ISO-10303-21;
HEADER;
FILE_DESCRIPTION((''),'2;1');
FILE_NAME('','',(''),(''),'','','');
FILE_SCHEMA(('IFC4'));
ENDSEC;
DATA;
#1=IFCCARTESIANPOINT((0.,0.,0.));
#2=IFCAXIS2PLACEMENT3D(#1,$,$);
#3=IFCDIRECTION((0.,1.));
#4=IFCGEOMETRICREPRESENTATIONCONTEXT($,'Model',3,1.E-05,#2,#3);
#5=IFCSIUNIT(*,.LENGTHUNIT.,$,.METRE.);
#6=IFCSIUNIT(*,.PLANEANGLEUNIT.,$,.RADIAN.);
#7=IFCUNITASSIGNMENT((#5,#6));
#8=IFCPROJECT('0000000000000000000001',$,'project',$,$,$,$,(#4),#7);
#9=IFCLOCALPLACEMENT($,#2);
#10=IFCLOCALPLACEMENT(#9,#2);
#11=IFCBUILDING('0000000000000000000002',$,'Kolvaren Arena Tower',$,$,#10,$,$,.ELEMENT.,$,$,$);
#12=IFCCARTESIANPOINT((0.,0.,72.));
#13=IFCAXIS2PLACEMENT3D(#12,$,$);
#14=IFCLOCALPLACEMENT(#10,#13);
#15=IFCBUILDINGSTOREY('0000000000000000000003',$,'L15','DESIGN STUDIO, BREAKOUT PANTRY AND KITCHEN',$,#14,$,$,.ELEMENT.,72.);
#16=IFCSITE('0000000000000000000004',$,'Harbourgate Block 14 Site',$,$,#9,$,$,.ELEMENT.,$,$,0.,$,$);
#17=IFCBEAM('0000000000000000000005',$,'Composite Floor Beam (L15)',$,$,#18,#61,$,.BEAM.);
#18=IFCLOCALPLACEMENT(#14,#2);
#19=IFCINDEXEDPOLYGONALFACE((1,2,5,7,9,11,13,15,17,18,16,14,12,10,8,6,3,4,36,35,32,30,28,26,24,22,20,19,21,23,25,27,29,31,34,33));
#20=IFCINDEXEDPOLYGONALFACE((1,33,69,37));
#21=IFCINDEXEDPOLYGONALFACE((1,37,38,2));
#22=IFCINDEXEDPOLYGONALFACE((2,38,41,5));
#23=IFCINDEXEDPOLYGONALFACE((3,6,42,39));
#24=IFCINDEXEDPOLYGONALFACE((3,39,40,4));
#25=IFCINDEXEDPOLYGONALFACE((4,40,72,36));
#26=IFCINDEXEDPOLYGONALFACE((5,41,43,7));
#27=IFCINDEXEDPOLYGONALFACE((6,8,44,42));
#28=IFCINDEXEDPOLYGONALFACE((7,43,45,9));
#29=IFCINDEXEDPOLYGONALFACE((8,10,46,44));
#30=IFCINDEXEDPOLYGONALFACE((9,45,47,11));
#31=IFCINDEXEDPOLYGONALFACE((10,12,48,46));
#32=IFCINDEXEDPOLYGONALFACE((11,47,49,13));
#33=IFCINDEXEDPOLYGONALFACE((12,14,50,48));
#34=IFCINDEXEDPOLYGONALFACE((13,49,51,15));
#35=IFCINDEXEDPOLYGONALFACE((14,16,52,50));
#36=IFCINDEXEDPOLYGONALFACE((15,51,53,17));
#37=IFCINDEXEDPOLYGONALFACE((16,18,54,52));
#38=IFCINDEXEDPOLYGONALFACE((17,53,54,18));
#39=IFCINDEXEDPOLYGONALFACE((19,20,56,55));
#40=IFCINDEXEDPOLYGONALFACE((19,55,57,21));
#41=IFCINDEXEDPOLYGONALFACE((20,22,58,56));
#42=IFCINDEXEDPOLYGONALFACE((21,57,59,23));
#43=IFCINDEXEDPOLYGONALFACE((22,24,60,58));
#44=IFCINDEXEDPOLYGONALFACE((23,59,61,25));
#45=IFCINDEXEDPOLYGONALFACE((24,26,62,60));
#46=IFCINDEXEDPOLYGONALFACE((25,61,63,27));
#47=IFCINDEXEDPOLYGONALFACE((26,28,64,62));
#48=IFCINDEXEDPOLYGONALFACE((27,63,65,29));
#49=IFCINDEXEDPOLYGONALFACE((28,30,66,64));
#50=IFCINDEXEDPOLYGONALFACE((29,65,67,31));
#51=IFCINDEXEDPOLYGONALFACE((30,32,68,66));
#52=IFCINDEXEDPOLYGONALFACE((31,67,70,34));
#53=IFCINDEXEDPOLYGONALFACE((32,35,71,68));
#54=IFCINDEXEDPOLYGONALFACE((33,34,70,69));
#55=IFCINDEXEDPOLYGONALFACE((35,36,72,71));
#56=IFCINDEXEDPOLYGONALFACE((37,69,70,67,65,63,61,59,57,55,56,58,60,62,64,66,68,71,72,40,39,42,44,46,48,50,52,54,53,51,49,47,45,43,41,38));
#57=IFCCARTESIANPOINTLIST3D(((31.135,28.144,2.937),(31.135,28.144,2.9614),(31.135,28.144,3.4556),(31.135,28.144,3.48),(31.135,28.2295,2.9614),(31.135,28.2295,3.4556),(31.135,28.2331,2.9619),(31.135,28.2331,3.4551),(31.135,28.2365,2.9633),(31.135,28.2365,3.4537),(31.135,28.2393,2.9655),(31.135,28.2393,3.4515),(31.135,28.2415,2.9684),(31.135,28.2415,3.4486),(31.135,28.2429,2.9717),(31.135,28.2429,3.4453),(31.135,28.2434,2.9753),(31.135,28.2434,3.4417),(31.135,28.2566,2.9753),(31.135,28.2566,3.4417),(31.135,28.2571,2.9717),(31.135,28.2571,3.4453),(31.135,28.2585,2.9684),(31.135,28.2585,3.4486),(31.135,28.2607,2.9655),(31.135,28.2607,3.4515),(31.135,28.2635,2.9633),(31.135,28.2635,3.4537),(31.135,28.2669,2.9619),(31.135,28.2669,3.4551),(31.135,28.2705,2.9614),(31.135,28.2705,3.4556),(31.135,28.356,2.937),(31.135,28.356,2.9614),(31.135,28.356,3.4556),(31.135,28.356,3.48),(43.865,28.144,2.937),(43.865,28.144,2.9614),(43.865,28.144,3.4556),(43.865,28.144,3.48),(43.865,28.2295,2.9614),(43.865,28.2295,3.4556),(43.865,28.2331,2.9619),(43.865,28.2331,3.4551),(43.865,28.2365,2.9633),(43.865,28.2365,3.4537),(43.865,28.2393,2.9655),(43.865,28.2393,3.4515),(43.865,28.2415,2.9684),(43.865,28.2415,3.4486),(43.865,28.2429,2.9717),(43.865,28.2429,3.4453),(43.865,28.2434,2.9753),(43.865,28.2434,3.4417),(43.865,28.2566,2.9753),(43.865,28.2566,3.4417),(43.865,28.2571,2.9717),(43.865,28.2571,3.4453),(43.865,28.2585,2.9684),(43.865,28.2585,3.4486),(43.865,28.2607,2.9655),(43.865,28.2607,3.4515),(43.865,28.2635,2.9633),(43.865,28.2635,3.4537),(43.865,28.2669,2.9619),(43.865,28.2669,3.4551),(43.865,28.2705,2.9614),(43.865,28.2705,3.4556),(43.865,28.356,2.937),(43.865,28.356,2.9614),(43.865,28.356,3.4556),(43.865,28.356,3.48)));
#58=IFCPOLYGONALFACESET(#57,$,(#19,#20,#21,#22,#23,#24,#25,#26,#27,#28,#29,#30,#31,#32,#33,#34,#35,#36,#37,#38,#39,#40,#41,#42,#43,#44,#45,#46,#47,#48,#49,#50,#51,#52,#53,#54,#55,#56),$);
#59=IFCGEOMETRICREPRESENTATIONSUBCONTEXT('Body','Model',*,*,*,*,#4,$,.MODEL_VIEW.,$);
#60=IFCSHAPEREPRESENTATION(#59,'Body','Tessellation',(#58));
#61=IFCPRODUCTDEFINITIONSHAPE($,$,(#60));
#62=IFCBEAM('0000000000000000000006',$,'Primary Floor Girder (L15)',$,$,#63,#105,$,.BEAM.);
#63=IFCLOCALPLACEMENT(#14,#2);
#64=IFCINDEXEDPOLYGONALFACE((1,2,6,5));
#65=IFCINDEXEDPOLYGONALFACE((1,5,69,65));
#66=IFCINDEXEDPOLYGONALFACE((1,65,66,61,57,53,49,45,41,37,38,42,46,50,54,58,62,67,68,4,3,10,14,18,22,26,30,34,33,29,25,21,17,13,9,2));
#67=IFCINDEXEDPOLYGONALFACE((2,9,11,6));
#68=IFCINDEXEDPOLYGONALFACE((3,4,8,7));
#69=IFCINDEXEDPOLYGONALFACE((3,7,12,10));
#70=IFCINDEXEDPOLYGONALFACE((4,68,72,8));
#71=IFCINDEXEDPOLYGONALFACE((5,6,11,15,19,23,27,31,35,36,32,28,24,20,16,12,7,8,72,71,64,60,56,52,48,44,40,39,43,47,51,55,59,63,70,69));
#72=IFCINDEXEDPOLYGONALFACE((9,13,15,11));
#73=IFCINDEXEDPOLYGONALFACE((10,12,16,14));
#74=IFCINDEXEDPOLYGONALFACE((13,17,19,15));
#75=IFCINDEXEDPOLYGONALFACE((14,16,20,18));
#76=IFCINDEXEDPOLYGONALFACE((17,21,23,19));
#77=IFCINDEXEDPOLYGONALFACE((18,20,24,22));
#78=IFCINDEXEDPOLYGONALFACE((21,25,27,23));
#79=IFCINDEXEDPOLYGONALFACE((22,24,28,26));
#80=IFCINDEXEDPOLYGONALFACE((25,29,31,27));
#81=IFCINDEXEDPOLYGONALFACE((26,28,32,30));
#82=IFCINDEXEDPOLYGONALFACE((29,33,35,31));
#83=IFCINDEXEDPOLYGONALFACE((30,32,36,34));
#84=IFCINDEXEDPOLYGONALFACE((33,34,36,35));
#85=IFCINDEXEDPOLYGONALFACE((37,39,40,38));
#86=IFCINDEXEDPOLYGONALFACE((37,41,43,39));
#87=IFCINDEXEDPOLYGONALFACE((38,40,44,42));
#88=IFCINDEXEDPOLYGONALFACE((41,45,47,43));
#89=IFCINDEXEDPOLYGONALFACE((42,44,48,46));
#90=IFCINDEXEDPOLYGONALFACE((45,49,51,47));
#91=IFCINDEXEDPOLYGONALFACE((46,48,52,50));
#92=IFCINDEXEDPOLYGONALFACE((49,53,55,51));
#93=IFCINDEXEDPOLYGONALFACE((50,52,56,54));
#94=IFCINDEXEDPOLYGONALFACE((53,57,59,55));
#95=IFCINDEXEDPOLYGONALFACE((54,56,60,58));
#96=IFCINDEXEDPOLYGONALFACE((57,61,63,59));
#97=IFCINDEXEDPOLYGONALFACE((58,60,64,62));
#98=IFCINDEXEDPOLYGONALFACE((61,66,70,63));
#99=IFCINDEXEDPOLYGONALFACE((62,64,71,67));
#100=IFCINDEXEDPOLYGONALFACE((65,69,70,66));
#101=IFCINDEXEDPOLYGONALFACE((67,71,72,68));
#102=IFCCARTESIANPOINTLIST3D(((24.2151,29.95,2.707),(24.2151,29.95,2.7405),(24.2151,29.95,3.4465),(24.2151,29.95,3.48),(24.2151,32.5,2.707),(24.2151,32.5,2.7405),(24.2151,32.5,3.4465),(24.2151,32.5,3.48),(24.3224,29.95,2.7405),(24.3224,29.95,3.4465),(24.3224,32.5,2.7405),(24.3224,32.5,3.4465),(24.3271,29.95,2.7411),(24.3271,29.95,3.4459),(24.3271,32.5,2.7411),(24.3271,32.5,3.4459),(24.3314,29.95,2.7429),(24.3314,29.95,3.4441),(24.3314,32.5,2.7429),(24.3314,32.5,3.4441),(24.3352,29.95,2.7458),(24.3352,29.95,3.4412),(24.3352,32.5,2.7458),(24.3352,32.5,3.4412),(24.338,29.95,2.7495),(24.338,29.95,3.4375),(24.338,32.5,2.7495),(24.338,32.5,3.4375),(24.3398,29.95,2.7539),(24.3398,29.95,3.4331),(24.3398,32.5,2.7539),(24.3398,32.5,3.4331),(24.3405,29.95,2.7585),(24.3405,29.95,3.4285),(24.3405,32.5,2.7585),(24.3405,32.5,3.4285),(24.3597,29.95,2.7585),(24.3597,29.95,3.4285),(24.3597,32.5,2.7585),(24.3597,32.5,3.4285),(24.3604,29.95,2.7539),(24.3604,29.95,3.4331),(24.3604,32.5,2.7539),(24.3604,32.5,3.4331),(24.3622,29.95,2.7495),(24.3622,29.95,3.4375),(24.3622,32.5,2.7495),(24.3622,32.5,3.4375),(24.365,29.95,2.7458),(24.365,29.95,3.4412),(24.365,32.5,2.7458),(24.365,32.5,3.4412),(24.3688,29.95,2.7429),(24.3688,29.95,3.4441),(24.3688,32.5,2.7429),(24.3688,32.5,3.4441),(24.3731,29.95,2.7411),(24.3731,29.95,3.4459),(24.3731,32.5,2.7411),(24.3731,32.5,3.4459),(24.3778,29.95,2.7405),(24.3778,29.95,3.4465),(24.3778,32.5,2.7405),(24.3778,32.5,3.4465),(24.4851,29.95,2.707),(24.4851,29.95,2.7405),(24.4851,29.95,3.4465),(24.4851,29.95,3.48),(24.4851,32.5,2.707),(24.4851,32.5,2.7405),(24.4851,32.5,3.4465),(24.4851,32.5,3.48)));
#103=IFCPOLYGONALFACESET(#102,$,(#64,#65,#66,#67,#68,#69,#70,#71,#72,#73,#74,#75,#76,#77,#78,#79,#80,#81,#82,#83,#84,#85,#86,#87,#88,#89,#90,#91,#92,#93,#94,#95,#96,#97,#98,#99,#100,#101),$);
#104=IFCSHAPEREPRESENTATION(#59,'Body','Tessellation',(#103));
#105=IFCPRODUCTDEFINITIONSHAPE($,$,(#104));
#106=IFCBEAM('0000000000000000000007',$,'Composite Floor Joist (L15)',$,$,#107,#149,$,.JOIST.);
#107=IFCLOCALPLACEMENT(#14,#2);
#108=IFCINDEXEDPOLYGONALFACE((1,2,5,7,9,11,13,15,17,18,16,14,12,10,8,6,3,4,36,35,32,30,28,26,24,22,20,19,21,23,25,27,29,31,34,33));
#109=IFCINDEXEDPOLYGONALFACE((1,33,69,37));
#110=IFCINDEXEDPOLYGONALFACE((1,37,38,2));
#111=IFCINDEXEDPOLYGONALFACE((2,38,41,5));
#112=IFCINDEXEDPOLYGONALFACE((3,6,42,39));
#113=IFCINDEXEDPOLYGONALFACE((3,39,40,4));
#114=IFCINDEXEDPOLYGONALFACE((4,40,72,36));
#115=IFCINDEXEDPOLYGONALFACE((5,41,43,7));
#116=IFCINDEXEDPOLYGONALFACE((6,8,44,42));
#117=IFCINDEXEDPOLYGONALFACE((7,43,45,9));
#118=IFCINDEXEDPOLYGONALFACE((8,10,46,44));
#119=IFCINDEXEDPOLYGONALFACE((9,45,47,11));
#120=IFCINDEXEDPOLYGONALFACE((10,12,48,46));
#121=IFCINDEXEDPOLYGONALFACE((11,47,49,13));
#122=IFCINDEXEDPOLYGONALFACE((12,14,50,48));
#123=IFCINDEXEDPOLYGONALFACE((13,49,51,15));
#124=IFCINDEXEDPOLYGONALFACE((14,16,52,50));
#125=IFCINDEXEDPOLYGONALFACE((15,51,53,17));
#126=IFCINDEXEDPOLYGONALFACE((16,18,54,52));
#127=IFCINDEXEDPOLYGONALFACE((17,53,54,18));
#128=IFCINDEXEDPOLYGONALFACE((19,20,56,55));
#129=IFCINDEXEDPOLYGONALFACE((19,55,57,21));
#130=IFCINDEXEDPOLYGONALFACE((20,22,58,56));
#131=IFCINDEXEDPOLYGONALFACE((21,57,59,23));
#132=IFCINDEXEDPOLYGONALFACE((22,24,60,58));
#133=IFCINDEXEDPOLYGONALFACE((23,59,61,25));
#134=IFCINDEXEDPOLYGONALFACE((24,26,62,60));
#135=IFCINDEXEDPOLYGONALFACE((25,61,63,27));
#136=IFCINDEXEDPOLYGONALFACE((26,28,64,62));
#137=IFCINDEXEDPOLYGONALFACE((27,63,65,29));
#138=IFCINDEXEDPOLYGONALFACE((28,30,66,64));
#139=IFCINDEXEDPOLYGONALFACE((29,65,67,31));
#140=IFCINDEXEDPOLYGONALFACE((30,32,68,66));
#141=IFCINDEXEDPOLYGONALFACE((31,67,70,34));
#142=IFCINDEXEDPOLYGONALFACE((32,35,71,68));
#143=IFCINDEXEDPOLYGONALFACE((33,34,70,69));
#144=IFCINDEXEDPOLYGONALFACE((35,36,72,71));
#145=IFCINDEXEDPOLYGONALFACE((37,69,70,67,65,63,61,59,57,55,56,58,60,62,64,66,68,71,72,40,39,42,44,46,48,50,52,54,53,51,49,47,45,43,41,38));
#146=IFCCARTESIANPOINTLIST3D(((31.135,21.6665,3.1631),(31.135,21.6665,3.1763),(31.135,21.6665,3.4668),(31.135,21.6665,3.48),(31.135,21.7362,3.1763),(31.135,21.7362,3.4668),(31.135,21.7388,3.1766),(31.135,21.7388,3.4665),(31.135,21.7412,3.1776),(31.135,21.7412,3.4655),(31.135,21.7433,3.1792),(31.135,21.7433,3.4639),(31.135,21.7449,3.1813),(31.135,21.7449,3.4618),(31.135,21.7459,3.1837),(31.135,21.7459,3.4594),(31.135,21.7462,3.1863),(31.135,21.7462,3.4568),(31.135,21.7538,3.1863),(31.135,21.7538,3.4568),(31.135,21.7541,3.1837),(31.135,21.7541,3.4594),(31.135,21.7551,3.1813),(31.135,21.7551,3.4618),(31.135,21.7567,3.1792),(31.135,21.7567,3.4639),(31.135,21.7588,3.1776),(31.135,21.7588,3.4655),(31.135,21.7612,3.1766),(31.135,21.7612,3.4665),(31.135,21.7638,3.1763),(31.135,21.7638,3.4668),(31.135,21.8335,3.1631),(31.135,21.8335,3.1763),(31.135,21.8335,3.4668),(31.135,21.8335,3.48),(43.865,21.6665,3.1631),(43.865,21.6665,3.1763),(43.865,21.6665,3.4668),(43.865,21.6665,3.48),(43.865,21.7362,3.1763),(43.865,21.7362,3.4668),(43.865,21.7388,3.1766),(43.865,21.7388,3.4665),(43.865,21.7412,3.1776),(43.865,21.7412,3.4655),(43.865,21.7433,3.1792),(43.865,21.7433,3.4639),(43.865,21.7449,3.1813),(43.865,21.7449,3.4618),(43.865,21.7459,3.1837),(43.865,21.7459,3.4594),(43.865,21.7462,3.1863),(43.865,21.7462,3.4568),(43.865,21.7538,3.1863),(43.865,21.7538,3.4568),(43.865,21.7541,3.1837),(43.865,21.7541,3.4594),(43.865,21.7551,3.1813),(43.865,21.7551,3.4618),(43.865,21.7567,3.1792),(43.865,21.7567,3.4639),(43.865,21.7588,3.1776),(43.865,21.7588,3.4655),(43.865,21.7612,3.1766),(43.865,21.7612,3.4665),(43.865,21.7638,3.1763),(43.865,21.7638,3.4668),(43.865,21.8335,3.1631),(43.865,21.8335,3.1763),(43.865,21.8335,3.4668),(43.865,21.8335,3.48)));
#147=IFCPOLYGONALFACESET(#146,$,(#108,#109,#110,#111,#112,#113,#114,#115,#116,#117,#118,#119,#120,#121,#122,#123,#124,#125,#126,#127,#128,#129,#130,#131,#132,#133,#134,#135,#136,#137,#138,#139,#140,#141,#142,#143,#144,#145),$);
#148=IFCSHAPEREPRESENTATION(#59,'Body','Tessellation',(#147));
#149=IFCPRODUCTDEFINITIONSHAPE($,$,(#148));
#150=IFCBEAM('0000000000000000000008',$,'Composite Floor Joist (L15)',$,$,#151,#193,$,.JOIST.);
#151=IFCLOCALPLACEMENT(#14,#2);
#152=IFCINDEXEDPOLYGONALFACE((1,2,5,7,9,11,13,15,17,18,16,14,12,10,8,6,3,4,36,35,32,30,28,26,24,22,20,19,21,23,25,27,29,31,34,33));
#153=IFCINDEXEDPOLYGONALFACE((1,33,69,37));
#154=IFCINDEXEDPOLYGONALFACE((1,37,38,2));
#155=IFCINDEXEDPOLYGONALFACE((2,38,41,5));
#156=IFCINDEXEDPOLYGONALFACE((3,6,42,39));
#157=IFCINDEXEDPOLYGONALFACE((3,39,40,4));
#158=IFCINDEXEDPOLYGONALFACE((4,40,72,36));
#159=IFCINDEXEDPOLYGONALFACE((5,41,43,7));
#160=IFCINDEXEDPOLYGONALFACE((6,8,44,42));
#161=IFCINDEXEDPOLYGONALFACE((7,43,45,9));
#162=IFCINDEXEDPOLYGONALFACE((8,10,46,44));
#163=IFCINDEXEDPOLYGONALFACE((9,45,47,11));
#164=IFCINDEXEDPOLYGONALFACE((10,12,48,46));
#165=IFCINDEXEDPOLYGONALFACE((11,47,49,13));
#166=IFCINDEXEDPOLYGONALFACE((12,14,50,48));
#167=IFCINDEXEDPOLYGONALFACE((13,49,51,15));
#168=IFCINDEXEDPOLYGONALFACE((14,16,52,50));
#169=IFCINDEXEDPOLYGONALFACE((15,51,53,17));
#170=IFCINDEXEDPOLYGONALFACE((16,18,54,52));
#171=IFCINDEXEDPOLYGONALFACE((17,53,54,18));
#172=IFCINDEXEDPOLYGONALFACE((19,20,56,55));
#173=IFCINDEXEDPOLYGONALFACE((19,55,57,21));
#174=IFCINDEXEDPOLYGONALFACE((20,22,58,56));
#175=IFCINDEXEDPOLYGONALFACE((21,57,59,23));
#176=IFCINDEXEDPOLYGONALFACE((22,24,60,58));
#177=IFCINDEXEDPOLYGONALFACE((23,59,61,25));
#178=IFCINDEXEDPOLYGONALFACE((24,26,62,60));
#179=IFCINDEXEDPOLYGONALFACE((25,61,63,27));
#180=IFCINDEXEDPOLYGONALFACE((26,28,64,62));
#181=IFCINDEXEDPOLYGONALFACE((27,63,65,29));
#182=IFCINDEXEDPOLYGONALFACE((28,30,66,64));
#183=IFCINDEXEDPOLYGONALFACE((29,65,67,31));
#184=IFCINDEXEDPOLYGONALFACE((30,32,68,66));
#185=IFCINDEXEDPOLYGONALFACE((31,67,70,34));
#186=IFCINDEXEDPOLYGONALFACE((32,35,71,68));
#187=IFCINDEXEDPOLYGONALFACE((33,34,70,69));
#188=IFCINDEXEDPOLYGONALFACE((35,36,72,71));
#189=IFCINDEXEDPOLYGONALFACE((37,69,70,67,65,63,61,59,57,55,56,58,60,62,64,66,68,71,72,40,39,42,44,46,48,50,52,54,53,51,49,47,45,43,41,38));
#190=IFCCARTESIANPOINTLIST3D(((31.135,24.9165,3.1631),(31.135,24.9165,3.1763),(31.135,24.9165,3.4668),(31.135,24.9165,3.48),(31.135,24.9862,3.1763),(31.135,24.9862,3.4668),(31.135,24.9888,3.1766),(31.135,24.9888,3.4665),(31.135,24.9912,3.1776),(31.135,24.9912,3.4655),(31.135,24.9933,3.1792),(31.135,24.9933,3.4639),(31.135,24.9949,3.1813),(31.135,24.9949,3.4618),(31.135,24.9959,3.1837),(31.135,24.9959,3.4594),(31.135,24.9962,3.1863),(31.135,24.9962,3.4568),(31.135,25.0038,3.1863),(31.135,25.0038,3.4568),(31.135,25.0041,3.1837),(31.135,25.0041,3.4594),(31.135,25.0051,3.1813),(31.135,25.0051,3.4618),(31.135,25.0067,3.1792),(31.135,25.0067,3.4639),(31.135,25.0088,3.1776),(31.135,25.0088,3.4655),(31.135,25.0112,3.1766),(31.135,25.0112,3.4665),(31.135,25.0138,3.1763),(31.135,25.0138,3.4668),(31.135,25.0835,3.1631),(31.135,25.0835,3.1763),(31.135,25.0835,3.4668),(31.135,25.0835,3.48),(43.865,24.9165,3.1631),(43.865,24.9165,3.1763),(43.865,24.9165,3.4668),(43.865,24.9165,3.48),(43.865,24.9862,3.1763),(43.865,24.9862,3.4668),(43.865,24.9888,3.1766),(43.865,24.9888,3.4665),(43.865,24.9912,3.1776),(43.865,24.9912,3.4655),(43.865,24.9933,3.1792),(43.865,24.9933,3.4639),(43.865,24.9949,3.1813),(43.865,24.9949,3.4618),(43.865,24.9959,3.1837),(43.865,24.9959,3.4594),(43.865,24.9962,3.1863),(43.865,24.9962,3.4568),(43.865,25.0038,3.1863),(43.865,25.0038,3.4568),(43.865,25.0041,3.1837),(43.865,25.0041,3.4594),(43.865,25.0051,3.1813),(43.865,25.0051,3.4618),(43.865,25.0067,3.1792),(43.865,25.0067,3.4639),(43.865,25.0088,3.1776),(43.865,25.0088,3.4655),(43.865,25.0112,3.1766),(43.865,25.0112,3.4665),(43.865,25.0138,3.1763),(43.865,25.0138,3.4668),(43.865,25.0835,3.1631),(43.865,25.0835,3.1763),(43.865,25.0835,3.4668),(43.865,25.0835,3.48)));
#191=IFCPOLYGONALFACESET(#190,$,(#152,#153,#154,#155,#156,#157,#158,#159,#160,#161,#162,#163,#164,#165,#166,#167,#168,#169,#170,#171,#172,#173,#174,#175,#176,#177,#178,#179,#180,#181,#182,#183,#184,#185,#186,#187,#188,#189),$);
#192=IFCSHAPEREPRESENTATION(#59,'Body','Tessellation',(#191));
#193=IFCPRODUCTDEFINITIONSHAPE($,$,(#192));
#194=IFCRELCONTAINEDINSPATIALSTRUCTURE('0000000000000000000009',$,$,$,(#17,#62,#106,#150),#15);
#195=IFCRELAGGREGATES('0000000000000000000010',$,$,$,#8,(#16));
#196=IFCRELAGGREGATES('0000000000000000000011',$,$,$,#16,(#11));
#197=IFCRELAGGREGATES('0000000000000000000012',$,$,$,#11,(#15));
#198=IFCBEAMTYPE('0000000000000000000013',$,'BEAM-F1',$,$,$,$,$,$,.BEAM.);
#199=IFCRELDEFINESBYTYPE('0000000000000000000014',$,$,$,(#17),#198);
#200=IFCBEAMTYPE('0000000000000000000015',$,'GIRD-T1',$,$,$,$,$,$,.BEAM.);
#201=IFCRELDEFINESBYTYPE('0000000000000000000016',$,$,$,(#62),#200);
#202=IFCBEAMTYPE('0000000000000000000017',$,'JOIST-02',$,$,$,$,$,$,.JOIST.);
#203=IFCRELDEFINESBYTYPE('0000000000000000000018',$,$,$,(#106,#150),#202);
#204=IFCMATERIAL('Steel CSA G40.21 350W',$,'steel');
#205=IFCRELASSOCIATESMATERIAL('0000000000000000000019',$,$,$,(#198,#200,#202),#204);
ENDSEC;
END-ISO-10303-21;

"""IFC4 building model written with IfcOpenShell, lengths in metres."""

from ifc_helpers import new_model, si_unit, direction, frame, origin, origin_2d, place, context, subcontext, project, spatial, i_section, extrude, material, material_profile, profile_set, type_object, element, save


model = new_model("IFC4")

# Units and contexts
model_context = context("Model", 3, precision=1e-05, world=origin(), true_north=direction((0.0, 1.0)))
body_context = subcontext(model_context, "Body", "Model", "MODEL_VIEW")
ifc_project = project(units=[si_unit("LENGTHUNIT", "METRE"), si_unit("PLANEANGLEUNIT", "RADIAN")], contexts=[model_context])

# Site, building, storey
site_placement = place(None, origin())
site = spatial("IfcSite", under=ifc_project, at=site_placement, Name="Harbourgate Block 14 Site", CompositionType="ELEMENT", RefElevation=0.0)
building_placement = place(site_placement, origin())
building = spatial("IfcBuilding", under=site, at=building_placement, Name="Kolvaren Arena Tower", CompositionType="ELEMENT")
storey_placement = place(building_placement, frame((0.0, 0.0, 72.0)))
storey = spatial("IfcBuildingStorey", under=building, at=storey_placement, Name="L15", Description="DESIGN STUDIO, BREAKOUT PANTRY AND KITCHEN", CompositionType="ELEMENT", Elevation=72.0)

# Beams
ifc_material_1 = material(Name="Steel CSA G40.21 350W", Category="steel")
ifc_material_profile_1 = material_profile(ifc_material_1, i_section(OverallWidth=0.2119, OverallDepth=0.543, WebThickness=0.0132, FlangeThickness=0.0244, FilletRadius=0.0139, at=origin_2d()), Name="W530x150")
ifc_profile_set_1 = profile_set([ifc_material_profile_1], Name="Steel CSA G40.21 350W")
beam_type_1 = type_object("IfcBeamType", Name="BEAM-F1", PredefinedType="BEAM", material=ifc_profile_set_1)
beam_1_placement = place(storey_placement, frame((31.135, 28.25, 3.2085), z_axis=(1.0, 0.0, 0.0), x_axis=(0.0, 1.0, 0.0)))
element("IfcBeam", 1, at=beam_1_placement, inside=storey, type_object=beam_type_1, Name="Composite Floor Beam (L15)", PredefinedType="BEAM", context=body_context, shape_type="SweptSolid", body=[
    extrude(i_section(OverallWidth=0.2119, OverallDepth=0.543, WebThickness=0.0132, FlangeThickness=0.0244, FilletRadius=0.0139, at=origin_2d()), origin(), (0.0, 0.0, 1.0), 12.73),
])
ifc_material_profile_2 = material_profile(ifc_material_1, i_section(OverallWidth=0.27, OverallDepth=0.7729, WebThickness=0.0193, FlangeThickness=0.0334, FilletRadius=0.0181, at=origin_2d()), Name="W760x257")
ifc_profile_set_2 = profile_set([ifc_material_profile_2], Name="Steel CSA G40.21 350W")
beam_type_2 = type_object("IfcBeamType", Name="GIRD-T1", PredefinedType="BEAM", material=ifc_profile_set_2)
beam_2_placement = place(storey_placement, frame((24.3501, 29.95, 3.0935), z_axis=(0.0, 1.0, 0.0), x_axis=(-1.0, 0.0, 0.0)))
element("IfcBeam", 2, at=beam_2_placement, inside=storey, type_object=beam_type_2, Name="Primary Floor Girder (L15)", PredefinedType="BEAM", context=body_context, shape_type="SweptSolid", body=[
    extrude(i_section(OverallWidth=0.27, OverallDepth=0.7729, WebThickness=0.0193, FlangeThickness=0.0334, FilletRadius=0.0181, at=origin_2d()), origin(), (0.0, 0.0, 1.0), 2.55),
])
ifc_material_profile_3 = material_profile(ifc_material_1, i_section(OverallWidth=0.167, OverallDepth=0.3169, WebThickness=0.0076, FlangeThickness=0.0132, FilletRadius=0.01, at=origin_2d()), Name="W310x52")
ifc_profile_set_3 = profile_set([ifc_material_profile_3], Name="Steel CSA G40.21 350W")
beam_type_3 = type_object("IfcBeamType", Name="JOIST-02", PredefinedType="JOIST", material=ifc_profile_set_3)
for number, where, z_axis, x_axis, name in (
    (3, (31.135, 21.75, 3.3215), (1.0, 0.0, 0.0), (0.0, 1.0, 0.0), "Composite Floor Joist (L15)"),
    (4, (31.135, 25.0, 3.3215), (1.0, 0.0, 0.0), (0.0, 1.0, 0.0), "Composite Floor Joist (L15)"),
):
    element("IfcBeam", number, at=place(storey_placement, frame(where, z_axis=z_axis, x_axis=x_axis)), inside=storey, type_object=beam_type_3, Name=name, PredefinedType="JOIST", context=body_context, shape_type="SweptSolid", body=[
        extrude(i_section(OverallWidth=0.167, OverallDepth=0.3169, WebThickness=0.0076, FlangeThickness=0.0132, FilletRadius=0.01, at=origin_2d()), origin(), (0.0, 0.0, 1.0), 12.73),
    ])

save(model, "model.ifc")
